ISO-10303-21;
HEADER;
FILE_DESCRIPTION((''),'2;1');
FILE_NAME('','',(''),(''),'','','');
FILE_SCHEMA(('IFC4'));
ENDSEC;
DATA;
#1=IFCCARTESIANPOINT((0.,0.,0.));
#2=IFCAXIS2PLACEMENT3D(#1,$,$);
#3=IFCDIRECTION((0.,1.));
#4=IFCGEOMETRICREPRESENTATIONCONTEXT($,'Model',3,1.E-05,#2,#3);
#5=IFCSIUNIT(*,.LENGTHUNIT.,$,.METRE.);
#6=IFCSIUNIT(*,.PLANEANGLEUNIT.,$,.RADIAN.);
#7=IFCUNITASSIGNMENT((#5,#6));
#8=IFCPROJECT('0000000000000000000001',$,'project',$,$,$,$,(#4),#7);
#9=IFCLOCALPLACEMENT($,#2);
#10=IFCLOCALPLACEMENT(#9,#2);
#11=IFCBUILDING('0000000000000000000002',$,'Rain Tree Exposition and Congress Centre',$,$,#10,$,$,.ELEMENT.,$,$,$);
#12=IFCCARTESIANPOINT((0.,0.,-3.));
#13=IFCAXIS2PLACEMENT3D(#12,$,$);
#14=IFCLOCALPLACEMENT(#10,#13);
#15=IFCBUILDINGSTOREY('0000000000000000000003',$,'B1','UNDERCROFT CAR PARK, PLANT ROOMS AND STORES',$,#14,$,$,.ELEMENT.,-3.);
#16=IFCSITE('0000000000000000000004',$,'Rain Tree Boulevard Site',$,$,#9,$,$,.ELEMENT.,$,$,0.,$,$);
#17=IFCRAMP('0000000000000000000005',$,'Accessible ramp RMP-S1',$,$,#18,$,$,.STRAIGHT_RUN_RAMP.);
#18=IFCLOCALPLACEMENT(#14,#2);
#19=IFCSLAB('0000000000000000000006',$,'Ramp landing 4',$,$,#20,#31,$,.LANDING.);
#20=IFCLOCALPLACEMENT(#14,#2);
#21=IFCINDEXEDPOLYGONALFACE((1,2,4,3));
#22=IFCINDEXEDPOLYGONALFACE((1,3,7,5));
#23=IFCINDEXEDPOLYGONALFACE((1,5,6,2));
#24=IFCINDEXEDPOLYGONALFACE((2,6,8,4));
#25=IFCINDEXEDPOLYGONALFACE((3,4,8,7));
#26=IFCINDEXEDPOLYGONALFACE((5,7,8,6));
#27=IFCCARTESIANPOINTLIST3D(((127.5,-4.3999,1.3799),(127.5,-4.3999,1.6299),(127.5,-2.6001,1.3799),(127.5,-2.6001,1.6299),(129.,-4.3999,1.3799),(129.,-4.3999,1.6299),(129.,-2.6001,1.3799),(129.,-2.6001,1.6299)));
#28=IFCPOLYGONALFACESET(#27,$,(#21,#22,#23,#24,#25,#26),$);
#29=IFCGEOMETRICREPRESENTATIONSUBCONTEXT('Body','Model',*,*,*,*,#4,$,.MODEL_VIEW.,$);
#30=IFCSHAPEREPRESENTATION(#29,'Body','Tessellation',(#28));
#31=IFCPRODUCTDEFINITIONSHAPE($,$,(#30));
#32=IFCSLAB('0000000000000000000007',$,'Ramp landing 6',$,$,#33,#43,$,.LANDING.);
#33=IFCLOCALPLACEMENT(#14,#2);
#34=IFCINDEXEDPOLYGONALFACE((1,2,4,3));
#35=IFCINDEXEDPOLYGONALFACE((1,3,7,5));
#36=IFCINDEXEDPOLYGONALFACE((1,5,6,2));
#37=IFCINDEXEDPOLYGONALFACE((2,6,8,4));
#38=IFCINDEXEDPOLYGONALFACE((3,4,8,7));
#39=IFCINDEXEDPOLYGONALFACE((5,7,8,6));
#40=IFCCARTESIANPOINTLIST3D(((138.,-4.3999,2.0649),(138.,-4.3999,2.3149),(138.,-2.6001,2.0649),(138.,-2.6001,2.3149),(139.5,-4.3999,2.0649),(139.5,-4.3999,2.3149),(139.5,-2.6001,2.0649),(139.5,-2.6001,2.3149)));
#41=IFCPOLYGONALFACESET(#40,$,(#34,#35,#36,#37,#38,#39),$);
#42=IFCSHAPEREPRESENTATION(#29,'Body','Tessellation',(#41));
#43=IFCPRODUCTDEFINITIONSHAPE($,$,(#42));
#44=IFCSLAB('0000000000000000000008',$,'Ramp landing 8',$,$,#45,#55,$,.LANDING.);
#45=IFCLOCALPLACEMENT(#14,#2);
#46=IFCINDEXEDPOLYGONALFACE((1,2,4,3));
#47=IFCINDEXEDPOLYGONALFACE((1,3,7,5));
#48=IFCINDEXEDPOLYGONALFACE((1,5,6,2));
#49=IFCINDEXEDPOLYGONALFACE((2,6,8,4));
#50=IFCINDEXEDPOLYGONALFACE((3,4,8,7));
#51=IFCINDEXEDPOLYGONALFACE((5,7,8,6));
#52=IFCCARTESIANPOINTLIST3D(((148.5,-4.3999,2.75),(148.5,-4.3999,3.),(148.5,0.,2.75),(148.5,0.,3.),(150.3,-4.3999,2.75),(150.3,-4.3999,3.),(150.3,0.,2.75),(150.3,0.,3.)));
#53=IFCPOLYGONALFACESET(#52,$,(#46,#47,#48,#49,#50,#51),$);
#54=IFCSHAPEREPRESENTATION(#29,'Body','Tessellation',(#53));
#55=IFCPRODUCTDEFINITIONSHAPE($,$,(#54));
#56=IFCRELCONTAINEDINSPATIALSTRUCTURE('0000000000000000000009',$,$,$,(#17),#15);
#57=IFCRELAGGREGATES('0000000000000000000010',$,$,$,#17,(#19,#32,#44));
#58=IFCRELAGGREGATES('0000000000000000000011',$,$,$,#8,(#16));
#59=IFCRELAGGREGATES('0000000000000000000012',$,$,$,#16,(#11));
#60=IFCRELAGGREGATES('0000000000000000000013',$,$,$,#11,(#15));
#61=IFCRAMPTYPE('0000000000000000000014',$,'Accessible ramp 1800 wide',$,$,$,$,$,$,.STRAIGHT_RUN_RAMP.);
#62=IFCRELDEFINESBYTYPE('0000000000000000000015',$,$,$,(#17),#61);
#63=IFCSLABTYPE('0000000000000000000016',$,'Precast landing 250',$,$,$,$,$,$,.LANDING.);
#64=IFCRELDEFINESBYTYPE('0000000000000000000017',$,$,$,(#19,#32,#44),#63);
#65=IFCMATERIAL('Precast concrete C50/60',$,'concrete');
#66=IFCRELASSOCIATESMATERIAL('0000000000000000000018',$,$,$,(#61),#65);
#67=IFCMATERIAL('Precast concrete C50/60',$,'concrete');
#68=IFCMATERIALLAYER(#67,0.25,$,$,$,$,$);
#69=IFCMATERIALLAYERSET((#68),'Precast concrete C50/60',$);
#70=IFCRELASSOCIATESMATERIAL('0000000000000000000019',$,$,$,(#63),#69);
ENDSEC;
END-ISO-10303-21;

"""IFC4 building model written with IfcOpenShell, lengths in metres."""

from ifc_helpers import new_model, si_unit, direction, frame, origin, place, context, subcontext, project, spatial, polyline, outline, extrude, material, layer, layer_set, type_object, element, aggregate, save


model = new_model("IFC4")

# Units and contexts
model_context = context("Model", 3, precision=1e-05, world=origin(), true_north=direction((0.0, 1.0)))
body_context = subcontext(model_context, "Body", "Model", "MODEL_VIEW")
ifc_project = project(units=[si_unit("LENGTHUNIT", "METRE"), si_unit("PLANEANGLEUNIT", "RADIAN")], contexts=[model_context])

# Site, building, storey
site_placement = place(None, origin())
site = spatial("IfcSite", under=ifc_project, at=site_placement, Name="Rain Tree Boulevard Site", CompositionType="ELEMENT", RefElevation=0.0)
building_placement = place(site_placement, origin())
building = spatial("IfcBuilding", under=site, at=building_placement, Name="Rain Tree Exposition and Congress Centre", CompositionType="ELEMENT")
storey_placement = place(building_placement, frame((0.0, 0.0, -3.0)))
storey = spatial("IfcBuildingStorey", under=building, at=storey_placement, Name="B1", Description="UNDERCROFT CAR PARK, PLANT ROOMS AND STORES", CompositionType="ELEMENT", Elevation=-3.0)

# Ramp, slabs
ifc_material_1 = material(Name="Precast concrete C50/60", Category="concrete")
ramp_type = type_object("IfcRampType", Name="Accessible ramp 1800 wide", PredefinedType="STRAIGHT_RUN_RAMP", material=ifc_material_1)
ramp_placement = place(storey_placement, origin())
ramp = element("IfcRamp", 1, at=ramp_placement, inside=storey, type_object=ramp_type, Name="Accessible ramp RMP-S1", PredefinedType="STRAIGHT_RUN_RAMP")
ifc_material_2 = material(Name="Precast concrete C50/60", Category="concrete")
ifc_layer_1 = layer(ifc_material_2, 0.25)
ifc_layer_set_1 = layer_set([ifc_layer_1], Name="Precast concrete C50/60")
slab_type_1 = type_object("IfcSlabType", Name="Precast landing 250", PredefinedType="LANDING", material=ifc_layer_set_1)
slab_1_placement = place(storey_placement, frame((0.0, 0.0, 1.3799)))
slab_1 = element("IfcSlab", 2, at=slab_1_placement, type_object=slab_type_1, Name="Ramp landing 4", PredefinedType="LANDING", context=body_context, shape_type="SweptSolid", body=[
    extrude(outline(polyline([(127.5, -4.3999), (129.0, -4.3999), (129.0, -2.6001), (127.5, -2.6001), (127.5, -4.3999)])), origin(), (0.0, 0.0, 1.0), 0.25),
])
slab_2_placement = place(storey_placement, frame((0.0, 0.0, 2.0649)))
slab_2 = element("IfcSlab", 3, at=slab_2_placement, type_object=slab_type_1, Name="Ramp landing 6", PredefinedType="LANDING", context=body_context, shape_type="SweptSolid", body=[
    extrude(outline(polyline([(138.0, -4.3999), (139.5, -4.3999), (139.5, -2.6001), (138.0, -2.6001), (138.0, -4.3999)])), origin(), (0.0, 0.0, 1.0), 0.25),
])
slab_3_placement = place(storey_placement, frame((0.0, 0.0, 2.75)))
slab_3 = element("IfcSlab", 4, at=slab_3_placement, type_object=slab_type_1, Name="Ramp landing 8", PredefinedType="LANDING", context=body_context, shape_type="SweptSolid", body=[
    extrude(outline(polyline([(148.5, -4.3999), (150.3, -4.3999), (150.3, 0.0), (148.5, 0.0), (148.5, -4.3999)])), origin(), (0.0, 0.0, 1.0), 0.25),
])
aggregate(ramp, [slab_1, slab_2, slab_3])

save(model, "model.ifc")
